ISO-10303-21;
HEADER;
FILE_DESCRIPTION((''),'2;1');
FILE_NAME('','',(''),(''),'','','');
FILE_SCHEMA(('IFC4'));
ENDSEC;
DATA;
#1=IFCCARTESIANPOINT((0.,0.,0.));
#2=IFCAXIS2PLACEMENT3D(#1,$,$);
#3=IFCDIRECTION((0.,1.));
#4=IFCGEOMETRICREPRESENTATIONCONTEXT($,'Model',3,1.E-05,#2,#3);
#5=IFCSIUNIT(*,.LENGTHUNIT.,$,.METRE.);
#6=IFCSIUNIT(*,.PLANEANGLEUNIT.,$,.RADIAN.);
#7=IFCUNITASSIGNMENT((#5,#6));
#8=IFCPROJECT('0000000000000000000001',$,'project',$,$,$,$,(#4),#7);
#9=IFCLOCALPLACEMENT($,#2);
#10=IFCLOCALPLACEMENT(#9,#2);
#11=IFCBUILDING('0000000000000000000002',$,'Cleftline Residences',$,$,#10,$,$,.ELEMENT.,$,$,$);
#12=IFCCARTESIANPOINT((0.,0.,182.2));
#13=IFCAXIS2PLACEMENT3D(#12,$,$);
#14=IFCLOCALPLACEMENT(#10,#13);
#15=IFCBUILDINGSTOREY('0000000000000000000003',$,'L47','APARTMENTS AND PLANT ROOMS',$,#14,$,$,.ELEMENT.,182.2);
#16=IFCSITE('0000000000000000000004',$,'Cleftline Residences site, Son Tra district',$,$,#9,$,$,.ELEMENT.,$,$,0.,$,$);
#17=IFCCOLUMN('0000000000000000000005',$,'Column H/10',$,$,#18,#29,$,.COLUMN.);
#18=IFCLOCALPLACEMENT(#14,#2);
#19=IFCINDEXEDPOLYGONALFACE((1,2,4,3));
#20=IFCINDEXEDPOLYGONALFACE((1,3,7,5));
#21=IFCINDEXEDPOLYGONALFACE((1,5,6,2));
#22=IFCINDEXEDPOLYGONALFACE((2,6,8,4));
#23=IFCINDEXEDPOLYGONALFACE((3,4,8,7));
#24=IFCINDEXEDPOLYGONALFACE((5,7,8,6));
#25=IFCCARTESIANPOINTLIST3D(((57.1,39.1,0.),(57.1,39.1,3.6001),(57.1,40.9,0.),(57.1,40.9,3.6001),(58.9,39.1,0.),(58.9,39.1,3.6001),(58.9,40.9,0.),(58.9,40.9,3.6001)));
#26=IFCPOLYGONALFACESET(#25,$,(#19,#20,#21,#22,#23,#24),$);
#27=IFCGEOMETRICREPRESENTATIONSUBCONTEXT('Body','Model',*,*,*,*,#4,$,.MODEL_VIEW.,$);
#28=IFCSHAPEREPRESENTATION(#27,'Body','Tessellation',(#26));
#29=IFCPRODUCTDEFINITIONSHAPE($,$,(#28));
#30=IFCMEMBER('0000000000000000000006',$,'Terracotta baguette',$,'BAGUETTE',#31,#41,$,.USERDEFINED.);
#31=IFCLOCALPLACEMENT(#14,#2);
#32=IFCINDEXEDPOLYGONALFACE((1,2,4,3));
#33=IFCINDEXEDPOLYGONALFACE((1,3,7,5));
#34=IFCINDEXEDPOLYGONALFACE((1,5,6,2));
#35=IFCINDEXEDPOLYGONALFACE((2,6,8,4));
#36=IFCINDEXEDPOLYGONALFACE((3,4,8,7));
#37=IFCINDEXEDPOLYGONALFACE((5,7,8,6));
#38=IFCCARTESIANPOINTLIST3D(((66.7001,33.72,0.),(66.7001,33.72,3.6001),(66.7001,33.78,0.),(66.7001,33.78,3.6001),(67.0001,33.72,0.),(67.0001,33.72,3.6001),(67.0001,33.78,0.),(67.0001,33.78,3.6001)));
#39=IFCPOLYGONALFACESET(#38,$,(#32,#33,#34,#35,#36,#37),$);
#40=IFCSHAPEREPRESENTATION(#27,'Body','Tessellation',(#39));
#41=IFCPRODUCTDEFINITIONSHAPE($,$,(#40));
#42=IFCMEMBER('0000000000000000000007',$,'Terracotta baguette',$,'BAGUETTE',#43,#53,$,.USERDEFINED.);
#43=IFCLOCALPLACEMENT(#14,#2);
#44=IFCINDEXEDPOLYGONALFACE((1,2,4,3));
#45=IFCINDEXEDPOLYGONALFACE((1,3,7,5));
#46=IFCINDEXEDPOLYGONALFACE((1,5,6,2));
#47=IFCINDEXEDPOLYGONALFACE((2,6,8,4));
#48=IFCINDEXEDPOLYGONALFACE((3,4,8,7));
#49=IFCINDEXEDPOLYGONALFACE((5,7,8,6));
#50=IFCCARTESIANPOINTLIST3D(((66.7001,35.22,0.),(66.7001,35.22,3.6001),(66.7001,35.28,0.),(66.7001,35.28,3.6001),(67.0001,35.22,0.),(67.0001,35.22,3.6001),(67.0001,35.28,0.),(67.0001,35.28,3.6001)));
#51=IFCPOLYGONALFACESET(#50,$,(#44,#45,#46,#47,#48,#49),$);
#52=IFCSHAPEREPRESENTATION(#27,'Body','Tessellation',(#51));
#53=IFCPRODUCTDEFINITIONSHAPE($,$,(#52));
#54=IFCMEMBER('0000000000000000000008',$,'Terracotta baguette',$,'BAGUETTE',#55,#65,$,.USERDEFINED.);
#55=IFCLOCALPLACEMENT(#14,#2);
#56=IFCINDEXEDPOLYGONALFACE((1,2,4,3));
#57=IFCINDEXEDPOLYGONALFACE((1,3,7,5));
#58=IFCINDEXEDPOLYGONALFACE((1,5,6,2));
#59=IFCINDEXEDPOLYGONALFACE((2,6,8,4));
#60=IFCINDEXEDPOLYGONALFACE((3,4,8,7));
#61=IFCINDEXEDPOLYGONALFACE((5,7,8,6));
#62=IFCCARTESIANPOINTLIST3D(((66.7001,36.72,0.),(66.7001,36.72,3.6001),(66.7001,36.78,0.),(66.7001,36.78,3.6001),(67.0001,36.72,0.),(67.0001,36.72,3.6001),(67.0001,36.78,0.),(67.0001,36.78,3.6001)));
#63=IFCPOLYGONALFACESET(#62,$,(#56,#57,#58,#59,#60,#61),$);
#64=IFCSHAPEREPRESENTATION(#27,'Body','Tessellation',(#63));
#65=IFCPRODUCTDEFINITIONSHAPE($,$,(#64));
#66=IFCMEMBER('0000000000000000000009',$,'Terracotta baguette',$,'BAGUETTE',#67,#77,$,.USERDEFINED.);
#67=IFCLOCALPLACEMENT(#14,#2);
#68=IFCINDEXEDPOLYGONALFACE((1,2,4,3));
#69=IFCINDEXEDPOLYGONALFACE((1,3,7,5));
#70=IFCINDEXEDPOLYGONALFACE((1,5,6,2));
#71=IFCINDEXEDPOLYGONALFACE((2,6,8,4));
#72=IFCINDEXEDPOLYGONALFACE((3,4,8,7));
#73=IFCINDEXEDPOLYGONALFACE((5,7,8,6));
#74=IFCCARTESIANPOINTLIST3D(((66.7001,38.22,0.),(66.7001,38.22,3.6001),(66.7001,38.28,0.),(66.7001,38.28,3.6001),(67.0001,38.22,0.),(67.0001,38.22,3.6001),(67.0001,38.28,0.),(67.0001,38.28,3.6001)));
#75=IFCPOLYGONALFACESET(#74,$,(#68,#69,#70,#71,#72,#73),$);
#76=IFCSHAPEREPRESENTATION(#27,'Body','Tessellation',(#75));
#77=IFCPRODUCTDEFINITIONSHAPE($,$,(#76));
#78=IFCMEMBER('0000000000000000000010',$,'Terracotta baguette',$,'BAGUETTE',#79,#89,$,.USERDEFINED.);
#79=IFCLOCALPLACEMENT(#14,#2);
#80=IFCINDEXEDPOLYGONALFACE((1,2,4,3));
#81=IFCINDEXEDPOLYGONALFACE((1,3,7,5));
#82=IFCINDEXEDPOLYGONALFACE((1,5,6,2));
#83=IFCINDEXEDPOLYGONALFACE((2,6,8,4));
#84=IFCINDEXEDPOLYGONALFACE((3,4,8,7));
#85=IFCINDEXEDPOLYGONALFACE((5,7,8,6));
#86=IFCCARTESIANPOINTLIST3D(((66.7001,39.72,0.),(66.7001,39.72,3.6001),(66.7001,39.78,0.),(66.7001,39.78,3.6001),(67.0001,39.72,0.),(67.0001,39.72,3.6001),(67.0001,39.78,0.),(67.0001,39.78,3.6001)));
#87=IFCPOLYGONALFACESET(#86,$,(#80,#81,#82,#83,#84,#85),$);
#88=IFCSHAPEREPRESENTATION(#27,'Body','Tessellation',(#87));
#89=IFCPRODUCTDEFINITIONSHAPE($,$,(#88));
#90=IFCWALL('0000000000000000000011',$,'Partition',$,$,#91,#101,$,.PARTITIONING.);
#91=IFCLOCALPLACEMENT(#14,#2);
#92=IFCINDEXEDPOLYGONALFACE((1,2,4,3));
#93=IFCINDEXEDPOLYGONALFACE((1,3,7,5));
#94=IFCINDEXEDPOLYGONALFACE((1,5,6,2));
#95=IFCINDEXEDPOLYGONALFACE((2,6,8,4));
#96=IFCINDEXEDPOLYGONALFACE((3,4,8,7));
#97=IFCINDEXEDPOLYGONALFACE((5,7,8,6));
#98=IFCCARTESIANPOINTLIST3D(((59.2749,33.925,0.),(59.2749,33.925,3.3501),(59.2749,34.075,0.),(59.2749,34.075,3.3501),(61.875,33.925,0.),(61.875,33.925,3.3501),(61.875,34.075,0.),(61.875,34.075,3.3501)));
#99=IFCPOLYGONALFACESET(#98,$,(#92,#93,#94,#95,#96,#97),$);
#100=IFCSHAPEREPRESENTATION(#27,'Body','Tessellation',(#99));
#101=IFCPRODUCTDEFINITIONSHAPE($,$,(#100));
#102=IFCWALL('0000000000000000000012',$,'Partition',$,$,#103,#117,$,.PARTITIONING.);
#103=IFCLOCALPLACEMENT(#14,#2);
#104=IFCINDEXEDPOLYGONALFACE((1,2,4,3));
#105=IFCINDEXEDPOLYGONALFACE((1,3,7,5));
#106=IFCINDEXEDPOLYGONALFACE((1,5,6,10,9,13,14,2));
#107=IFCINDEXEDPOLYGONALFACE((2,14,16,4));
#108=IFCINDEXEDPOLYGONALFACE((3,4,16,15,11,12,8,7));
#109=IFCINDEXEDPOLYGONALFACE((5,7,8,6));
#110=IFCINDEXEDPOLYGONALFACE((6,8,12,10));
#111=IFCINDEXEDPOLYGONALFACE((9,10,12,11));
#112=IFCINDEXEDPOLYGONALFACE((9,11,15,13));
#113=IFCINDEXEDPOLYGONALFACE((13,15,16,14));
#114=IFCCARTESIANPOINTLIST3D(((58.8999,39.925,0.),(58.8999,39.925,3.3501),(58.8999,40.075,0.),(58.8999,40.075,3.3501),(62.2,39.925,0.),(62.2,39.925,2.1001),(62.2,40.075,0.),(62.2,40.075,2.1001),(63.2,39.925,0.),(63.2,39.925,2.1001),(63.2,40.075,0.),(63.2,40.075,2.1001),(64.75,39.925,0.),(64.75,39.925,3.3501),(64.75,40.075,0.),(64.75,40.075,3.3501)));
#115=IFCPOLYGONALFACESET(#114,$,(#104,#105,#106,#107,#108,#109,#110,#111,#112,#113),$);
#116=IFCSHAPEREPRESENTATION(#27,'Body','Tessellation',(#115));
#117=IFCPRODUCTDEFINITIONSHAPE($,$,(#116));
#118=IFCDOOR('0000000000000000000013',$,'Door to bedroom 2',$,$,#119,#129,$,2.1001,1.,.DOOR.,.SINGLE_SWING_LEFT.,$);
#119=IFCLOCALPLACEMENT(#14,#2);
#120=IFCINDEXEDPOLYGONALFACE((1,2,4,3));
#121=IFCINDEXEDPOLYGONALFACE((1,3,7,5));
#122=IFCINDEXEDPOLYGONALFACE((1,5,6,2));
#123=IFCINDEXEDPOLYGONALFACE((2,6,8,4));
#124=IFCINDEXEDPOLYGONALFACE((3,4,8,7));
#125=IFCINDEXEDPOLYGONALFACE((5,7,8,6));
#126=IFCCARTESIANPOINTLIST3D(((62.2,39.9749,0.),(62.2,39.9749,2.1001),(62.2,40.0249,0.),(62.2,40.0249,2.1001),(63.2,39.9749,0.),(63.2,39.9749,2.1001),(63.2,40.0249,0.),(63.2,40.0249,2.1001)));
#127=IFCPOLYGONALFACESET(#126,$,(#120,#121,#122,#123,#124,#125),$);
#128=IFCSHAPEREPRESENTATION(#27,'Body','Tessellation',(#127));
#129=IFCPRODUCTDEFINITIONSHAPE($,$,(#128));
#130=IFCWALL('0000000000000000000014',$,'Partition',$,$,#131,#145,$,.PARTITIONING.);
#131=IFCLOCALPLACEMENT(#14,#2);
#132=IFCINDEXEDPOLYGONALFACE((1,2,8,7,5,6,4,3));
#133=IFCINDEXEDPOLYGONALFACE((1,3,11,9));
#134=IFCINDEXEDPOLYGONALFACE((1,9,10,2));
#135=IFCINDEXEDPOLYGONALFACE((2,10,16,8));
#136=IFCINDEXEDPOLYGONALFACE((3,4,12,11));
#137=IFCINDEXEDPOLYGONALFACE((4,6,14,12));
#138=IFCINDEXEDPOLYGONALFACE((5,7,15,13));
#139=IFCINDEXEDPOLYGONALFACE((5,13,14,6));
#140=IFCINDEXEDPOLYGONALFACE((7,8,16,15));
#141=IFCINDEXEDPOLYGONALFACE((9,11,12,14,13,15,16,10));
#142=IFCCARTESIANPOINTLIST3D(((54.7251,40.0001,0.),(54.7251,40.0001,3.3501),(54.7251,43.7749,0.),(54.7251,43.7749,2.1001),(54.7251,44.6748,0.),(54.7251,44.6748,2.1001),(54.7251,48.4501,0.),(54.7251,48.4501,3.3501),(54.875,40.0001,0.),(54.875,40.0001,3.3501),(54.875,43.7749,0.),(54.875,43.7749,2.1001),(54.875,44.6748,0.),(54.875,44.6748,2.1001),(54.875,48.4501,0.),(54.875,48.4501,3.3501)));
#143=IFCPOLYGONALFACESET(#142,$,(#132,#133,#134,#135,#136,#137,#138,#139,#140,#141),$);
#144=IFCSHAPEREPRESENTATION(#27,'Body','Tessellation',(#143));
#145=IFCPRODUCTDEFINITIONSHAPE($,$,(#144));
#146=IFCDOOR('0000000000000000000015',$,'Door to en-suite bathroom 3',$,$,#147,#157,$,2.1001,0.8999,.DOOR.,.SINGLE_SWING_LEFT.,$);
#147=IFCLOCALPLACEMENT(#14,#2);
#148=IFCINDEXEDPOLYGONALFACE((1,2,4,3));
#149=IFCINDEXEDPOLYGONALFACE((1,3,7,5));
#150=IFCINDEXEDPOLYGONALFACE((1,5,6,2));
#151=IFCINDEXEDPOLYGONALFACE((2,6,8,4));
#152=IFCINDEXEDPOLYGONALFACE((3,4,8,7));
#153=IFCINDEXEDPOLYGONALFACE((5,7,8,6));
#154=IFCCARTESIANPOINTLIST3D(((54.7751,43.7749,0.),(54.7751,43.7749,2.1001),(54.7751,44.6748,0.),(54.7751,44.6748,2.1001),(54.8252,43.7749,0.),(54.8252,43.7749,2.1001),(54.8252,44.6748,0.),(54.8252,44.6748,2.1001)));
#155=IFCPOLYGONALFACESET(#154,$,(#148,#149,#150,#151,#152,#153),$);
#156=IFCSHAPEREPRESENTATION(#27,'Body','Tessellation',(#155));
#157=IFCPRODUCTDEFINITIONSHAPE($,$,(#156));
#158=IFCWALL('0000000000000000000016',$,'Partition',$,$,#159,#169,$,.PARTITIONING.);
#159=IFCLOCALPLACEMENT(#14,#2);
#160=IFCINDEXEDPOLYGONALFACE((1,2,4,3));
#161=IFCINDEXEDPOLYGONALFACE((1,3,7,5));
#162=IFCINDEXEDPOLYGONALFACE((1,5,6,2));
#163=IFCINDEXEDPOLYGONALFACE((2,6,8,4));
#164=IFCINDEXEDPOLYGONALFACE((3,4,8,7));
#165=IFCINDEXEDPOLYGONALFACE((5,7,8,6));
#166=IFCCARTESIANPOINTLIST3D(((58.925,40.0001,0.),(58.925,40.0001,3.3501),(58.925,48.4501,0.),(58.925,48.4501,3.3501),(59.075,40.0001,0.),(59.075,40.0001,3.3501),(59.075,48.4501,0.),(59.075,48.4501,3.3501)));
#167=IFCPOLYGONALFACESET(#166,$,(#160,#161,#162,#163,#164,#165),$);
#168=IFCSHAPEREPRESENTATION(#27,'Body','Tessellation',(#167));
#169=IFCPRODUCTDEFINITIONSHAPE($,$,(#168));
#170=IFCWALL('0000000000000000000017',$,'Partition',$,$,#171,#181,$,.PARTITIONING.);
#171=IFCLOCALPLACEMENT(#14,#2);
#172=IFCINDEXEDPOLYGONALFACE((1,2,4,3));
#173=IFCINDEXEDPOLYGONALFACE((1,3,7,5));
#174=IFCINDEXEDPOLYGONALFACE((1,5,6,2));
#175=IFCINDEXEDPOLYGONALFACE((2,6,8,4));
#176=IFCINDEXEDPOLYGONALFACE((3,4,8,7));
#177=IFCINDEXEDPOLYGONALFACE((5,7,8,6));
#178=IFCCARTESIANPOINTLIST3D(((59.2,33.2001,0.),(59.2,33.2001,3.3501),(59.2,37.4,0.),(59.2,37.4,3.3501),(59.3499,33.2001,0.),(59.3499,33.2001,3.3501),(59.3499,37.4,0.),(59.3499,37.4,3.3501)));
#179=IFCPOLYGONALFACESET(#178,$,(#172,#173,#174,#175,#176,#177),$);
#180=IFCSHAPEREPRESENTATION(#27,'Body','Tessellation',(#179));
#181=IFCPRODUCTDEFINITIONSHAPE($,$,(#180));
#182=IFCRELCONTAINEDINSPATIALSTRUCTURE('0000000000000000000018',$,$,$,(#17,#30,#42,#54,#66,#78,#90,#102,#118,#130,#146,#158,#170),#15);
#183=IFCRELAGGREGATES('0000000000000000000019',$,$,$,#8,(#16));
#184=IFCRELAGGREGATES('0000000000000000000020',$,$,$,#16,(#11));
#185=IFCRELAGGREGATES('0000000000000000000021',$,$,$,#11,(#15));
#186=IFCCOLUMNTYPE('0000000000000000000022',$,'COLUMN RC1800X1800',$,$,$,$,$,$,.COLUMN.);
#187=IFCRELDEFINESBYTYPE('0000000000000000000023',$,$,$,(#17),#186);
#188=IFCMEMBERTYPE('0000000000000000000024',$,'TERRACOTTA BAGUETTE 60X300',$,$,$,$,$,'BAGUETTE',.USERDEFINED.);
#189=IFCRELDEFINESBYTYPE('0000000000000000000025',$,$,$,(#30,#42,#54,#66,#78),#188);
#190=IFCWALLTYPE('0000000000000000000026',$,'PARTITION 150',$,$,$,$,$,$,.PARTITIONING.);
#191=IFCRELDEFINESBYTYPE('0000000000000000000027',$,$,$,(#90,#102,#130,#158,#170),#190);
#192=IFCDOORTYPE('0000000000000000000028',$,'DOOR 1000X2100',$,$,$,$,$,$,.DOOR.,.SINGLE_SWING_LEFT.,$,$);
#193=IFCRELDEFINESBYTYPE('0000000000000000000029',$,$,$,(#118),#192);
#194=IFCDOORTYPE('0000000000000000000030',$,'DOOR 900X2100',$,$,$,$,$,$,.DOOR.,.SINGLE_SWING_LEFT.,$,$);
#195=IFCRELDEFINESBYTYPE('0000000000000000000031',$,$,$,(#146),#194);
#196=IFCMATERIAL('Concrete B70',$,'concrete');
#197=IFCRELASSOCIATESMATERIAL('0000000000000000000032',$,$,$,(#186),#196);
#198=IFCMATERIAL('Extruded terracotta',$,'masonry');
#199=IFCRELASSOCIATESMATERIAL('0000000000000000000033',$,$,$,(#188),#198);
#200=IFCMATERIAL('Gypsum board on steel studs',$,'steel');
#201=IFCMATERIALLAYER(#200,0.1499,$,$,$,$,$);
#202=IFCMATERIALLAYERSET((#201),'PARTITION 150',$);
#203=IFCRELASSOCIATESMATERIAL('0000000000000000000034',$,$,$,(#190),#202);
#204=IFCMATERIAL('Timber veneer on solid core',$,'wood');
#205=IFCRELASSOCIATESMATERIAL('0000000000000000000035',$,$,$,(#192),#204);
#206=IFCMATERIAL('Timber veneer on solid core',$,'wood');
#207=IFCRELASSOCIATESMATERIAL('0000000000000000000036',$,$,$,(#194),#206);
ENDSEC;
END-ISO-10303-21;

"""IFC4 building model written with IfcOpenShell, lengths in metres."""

from ifc_helpers import new_model, si_unit, direction, frame, frame_2d, origin, origin_2d, place, context, subcontext, project, spatial, rectangle, extrude, material, layer, layer_set, material_profile, profile_set, type_object, element, fill, save


model = new_model("IFC4")

# Units and contexts
model_context = context("Model", 3, precision=1e-05, world=origin(), true_north=direction((0.0, 1.0)))
body_context = subcontext(model_context, "Body", "Model", "MODEL_VIEW")
ifc_project = project(units=[si_unit("LENGTHUNIT", "METRE"), si_unit("PLANEANGLEUNIT", "RADIAN")], contexts=[model_context])

# Site, building, storey
site_placement = place(None, origin())
site = spatial("IfcSite", under=ifc_project, at=site_placement, Name="Cleftline Residences site, Son Tra district", CompositionType="ELEMENT", RefElevation=0.0)
building_placement = place(site_placement, origin())
building = spatial("IfcBuilding", under=site, at=building_placement, Name="Cleftline Residences", CompositionType="ELEMENT")
storey_placement = place(building_placement, frame((0.0, 0.0, 182.2)))
storey = spatial("IfcBuildingStorey", under=building, at=storey_placement, Name="L47", Description="APARTMENTS AND PLANT ROOMS", CompositionType="ELEMENT", Elevation=182.2)

# Column
ifc_material_1 = material(Name="Concrete B70", Category="concrete")
ifc_material_profile_1 = material_profile(ifc_material_1, rectangle(XDim=1.8, YDim=1.8, at=origin_2d()))
ifc_profile_set_1 = profile_set([ifc_material_profile_1], Name="Concrete B70")
column_type = type_object("IfcColumnType", Name="COLUMN RC1800X1800", PredefinedType="COLUMN", material=ifc_profile_set_1)
column_placement = place(storey_placement, frame((58.0, 40.0, 0.0), z_axis=(0.0, 0.0, 1.0), x_axis=(1.0, 0.0, 0.0)))
element("IfcColumn", 1, at=column_placement, inside=storey, type_object=column_type, Name="Column H/10", PredefinedType="COLUMN", context=body_context, shape_type="SweptSolid", body=[
    extrude(rectangle(XDim=1.8, YDim=1.8, at=origin_2d()), origin(), (0.0, 0.0, 1.0), 3.6001),
])

# Members
ifc_material_2 = material(Name="Extruded terracotta", Category="masonry")
ifc_material_profile_2 = material_profile(ifc_material_2, rectangle(XDim=0.0601, YDim=0.3, at=origin_2d()))
ifc_profile_set_2 = profile_set([ifc_material_profile_2], Name="Extruded terracotta")
member_type = type_object("IfcMemberType", Name="TERRACOTTA BAGUETTE 60X300", ElementType="BAGUETTE", PredefinedType="USERDEFINED", material=ifc_profile_set_2)
for number, where, z_axis, x_axis, name in (
    (2, (66.8501, 33.75, 0.0), (0.0, 0.0, 1.0), (0.0, 1.0, 0.0), "Terracotta baguette"),
    (3, (66.8501, 35.25, 0.0), (0.0, 0.0, 1.0), (0.0, 1.0, 0.0), "Terracotta baguette"),
    (4, (66.8501, 36.75, 0.0), (0.0, 0.0, 1.0), (0.0, 1.0, 0.0), "Terracotta baguette"),
    (5, (66.8501, 38.25, 0.0), (0.0, 0.0, 1.0), (0.0, 1.0, 0.0), "Terracotta baguette"),
    (6, (66.8501, 39.75, 0.0), (0.0, 0.0, 1.0), (0.0, 1.0, 0.0), "Terracotta baguette"),
):
    element("IfcMember", number, at=place(storey_placement, frame(where, z_axis=z_axis, x_axis=x_axis)), inside=storey, type_object=member_type, Name=name, ObjectType="BAGUETTE", PredefinedType="USERDEFINED", context=body_context, shape_type="SweptSolid", body=[
        extrude(rectangle(XDim=0.0601, YDim=0.3, at=origin_2d()), origin(), (0.0, 0.0, 1.0), 3.6001),
    ])

# Wall
ifc_material_3 = material(Name="Gypsum board on steel studs", Category="steel")
ifc_layer = layer(ifc_material_3, 0.1499)
ifc_layer_set = layer_set([ifc_layer], Name="PARTITION 150")
wall_type = type_object("IfcWallType", Name="PARTITION 150", PredefinedType="PARTITIONING", material=ifc_layer_set)
wall_1_placement = place(storey_placement, frame((59.2749, 34.0, 0.0), z_axis=(0.0, 0.0, 1.0), x_axis=(1.0, 0.0, 0.0)))
element("IfcWall", 7, at=wall_1_placement, inside=storey, type_object=wall_type, Name="Partition", PredefinedType="PARTITIONING", context=body_context, shape_type="SweptSolid", body=[
    extrude(rectangle(XDim=2.6001, YDim=0.1499, at=frame_2d((1.3, 0.0))), origin(), (0.0, 0.0, 1.0), 3.3501),
])

# Walls, openings, doors
wall_2_placement = place(storey_placement, frame((58.8999, 40.0, 0.0), z_axis=(0.0, 0.0, 1.0), x_axis=(1.0, 0.0, 0.0)))
wall_2 = element("IfcWall", 8, at=wall_2_placement, inside=storey, type_object=wall_type, Name="Partition", PredefinedType="PARTITIONING", context=body_context, shape_type="SweptSolid", body=[
    extrude(rectangle(XDim=5.8501, YDim=0.1499, at=frame_2d((2.925, 0.0))), origin(), (0.0, 0.0, 1.0), 3.3501),
])
opening_1_placement = place(wall_2_placement, frame((3.3, 0.0, 0.0)))
opening_1 = element("IfcOpeningElement", 9, at=opening_1_placement, cuts=wall_2, PredefinedType="OPENING", context=body_context, shape_type="SweptSolid", body=[
    extrude(rectangle(XDim=1.0, YDim=2.1001, at=frame_2d((0.5, 1.05))), frame((0.0, 0.085, 0.0), z_axis=(0.0, -1.0, 0.0), x_axis=(1.0, 0.0, 0.0)), (0.0, 0.0, 1.0), 0.1699),
])
ifc_material_4 = material(Name="Timber veneer on solid core", Category="wood")
door_type_1 = type_object("IfcDoorType", Name="DOOR 1000X2100", OperationType="SINGLE_SWING_LEFT", PredefinedType="DOOR", material=ifc_material_4)
door_1_placement = place(opening_1_placement, origin())
door_1 = element("IfcDoor", 10, at=door_1_placement, inside=storey, type_object=door_type_1, Name="Door to bedroom 2", OperationType="SINGLE_SWING_LEFT", OverallHeight=2.1001, OverallWidth=1.0, PredefinedType="DOOR", context=body_context, shape_type="SweptSolid", body=[
    extrude(rectangle(XDim=1.0, YDim=2.1001, at=frame_2d((0.5, 1.05))), frame((0.0, 0.0249, 0.0), z_axis=(0.0, -1.0, 0.0), x_axis=(1.0, 0.0, 0.0)), (0.0, 0.0, 1.0), 0.05),
])
fill(opening_1, door_1)
wall_3_placement = place(storey_placement, frame((54.8, 40.0, 0.0), z_axis=(0.0, 0.0, 1.0), x_axis=(0.0, 1.0, 0.0)))
wall_3 = element("IfcWall", 11, at=wall_3_placement, inside=storey, type_object=wall_type, Name="Partition", PredefinedType="PARTITIONING", context=body_context, shape_type="SweptSolid", body=[
    extrude(rectangle(XDim=8.45, YDim=0.1499, at=frame_2d((4.2251, 0.0))), origin(), (0.0, 0.0, 1.0), 3.3501),
])
opening_2_placement = place(wall_3_placement, frame((3.7749, 0.0, 0.0)))
opening_2 = element("IfcOpeningElement", 12, at=opening_2_placement, cuts=wall_3, PredefinedType="OPENING", context=body_context, shape_type="SweptSolid", body=[
    extrude(rectangle(XDim=0.8999, YDim=2.1001, at=frame_2d((0.45, 1.05))), frame((0.0, 0.085, 0.0), z_axis=(0.0, -1.0, 0.0), x_axis=(1.0, 0.0, 0.0)), (0.0, 0.0, 1.0), 0.1699),
])
ifc_material_5 = material(Name="Timber veneer on solid core", Category="wood")
door_type_2 = type_object("IfcDoorType", Name="DOOR 900X2100", OperationType="SINGLE_SWING_LEFT", PredefinedType="DOOR", material=ifc_material_5)
door_2_placement = place(opening_2_placement, origin())
door_2 = element("IfcDoor", 13, at=door_2_placement, inside=storey, type_object=door_type_2, Name="Door to en-suite bathroom 3", OperationType="SINGLE_SWING_LEFT", OverallHeight=2.1001, OverallWidth=0.8999, PredefinedType="DOOR", context=body_context, shape_type="SweptSolid", body=[
    extrude(rectangle(XDim=0.8999, YDim=2.1001, at=frame_2d((0.45, 1.05))), frame((0.0, 0.0249, 0.0), z_axis=(0.0, -1.0, 0.0), x_axis=(1.0, 0.0, 0.0)), (0.0, 0.0, 1.0), 0.05),
])
fill(opening_2, door_2)

# Walls
wall_4_placement = place(storey_placement, frame((59.0, 40.0, 0.0), z_axis=(0.0, 0.0, 1.0), x_axis=(0.0, 1.0, 0.0)))
element("IfcWall", 14, at=wall_4_placement, inside=storey, type_object=wall_type, Name="Partition", PredefinedType="PARTITIONING", context=body_context, shape_type="SweptSolid", body=[
    extrude(rectangle(XDim=8.45, YDim=0.1499, at=frame_2d((4.2251, 0.0))), origin(), (0.0, 0.0, 1.0), 3.3501),
])
wall_5_placement = place(storey_placement, frame((59.2749, 33.2, 0.0), z_axis=(0.0, 0.0, 1.0), x_axis=(0.0, 1.0, 0.0)))
element("IfcWall", 15, at=wall_5_placement, inside=storey, type_object=wall_type, Name="Partition", PredefinedType="PARTITIONING", context=body_context, shape_type="SweptSolid", body=[
    extrude(rectangle(XDim=4.2, YDim=0.1499, at=frame_2d((2.1001, 0.0))), origin(), (0.0, 0.0, 1.0), 3.3501),
])

save(model, "model.ifc")
